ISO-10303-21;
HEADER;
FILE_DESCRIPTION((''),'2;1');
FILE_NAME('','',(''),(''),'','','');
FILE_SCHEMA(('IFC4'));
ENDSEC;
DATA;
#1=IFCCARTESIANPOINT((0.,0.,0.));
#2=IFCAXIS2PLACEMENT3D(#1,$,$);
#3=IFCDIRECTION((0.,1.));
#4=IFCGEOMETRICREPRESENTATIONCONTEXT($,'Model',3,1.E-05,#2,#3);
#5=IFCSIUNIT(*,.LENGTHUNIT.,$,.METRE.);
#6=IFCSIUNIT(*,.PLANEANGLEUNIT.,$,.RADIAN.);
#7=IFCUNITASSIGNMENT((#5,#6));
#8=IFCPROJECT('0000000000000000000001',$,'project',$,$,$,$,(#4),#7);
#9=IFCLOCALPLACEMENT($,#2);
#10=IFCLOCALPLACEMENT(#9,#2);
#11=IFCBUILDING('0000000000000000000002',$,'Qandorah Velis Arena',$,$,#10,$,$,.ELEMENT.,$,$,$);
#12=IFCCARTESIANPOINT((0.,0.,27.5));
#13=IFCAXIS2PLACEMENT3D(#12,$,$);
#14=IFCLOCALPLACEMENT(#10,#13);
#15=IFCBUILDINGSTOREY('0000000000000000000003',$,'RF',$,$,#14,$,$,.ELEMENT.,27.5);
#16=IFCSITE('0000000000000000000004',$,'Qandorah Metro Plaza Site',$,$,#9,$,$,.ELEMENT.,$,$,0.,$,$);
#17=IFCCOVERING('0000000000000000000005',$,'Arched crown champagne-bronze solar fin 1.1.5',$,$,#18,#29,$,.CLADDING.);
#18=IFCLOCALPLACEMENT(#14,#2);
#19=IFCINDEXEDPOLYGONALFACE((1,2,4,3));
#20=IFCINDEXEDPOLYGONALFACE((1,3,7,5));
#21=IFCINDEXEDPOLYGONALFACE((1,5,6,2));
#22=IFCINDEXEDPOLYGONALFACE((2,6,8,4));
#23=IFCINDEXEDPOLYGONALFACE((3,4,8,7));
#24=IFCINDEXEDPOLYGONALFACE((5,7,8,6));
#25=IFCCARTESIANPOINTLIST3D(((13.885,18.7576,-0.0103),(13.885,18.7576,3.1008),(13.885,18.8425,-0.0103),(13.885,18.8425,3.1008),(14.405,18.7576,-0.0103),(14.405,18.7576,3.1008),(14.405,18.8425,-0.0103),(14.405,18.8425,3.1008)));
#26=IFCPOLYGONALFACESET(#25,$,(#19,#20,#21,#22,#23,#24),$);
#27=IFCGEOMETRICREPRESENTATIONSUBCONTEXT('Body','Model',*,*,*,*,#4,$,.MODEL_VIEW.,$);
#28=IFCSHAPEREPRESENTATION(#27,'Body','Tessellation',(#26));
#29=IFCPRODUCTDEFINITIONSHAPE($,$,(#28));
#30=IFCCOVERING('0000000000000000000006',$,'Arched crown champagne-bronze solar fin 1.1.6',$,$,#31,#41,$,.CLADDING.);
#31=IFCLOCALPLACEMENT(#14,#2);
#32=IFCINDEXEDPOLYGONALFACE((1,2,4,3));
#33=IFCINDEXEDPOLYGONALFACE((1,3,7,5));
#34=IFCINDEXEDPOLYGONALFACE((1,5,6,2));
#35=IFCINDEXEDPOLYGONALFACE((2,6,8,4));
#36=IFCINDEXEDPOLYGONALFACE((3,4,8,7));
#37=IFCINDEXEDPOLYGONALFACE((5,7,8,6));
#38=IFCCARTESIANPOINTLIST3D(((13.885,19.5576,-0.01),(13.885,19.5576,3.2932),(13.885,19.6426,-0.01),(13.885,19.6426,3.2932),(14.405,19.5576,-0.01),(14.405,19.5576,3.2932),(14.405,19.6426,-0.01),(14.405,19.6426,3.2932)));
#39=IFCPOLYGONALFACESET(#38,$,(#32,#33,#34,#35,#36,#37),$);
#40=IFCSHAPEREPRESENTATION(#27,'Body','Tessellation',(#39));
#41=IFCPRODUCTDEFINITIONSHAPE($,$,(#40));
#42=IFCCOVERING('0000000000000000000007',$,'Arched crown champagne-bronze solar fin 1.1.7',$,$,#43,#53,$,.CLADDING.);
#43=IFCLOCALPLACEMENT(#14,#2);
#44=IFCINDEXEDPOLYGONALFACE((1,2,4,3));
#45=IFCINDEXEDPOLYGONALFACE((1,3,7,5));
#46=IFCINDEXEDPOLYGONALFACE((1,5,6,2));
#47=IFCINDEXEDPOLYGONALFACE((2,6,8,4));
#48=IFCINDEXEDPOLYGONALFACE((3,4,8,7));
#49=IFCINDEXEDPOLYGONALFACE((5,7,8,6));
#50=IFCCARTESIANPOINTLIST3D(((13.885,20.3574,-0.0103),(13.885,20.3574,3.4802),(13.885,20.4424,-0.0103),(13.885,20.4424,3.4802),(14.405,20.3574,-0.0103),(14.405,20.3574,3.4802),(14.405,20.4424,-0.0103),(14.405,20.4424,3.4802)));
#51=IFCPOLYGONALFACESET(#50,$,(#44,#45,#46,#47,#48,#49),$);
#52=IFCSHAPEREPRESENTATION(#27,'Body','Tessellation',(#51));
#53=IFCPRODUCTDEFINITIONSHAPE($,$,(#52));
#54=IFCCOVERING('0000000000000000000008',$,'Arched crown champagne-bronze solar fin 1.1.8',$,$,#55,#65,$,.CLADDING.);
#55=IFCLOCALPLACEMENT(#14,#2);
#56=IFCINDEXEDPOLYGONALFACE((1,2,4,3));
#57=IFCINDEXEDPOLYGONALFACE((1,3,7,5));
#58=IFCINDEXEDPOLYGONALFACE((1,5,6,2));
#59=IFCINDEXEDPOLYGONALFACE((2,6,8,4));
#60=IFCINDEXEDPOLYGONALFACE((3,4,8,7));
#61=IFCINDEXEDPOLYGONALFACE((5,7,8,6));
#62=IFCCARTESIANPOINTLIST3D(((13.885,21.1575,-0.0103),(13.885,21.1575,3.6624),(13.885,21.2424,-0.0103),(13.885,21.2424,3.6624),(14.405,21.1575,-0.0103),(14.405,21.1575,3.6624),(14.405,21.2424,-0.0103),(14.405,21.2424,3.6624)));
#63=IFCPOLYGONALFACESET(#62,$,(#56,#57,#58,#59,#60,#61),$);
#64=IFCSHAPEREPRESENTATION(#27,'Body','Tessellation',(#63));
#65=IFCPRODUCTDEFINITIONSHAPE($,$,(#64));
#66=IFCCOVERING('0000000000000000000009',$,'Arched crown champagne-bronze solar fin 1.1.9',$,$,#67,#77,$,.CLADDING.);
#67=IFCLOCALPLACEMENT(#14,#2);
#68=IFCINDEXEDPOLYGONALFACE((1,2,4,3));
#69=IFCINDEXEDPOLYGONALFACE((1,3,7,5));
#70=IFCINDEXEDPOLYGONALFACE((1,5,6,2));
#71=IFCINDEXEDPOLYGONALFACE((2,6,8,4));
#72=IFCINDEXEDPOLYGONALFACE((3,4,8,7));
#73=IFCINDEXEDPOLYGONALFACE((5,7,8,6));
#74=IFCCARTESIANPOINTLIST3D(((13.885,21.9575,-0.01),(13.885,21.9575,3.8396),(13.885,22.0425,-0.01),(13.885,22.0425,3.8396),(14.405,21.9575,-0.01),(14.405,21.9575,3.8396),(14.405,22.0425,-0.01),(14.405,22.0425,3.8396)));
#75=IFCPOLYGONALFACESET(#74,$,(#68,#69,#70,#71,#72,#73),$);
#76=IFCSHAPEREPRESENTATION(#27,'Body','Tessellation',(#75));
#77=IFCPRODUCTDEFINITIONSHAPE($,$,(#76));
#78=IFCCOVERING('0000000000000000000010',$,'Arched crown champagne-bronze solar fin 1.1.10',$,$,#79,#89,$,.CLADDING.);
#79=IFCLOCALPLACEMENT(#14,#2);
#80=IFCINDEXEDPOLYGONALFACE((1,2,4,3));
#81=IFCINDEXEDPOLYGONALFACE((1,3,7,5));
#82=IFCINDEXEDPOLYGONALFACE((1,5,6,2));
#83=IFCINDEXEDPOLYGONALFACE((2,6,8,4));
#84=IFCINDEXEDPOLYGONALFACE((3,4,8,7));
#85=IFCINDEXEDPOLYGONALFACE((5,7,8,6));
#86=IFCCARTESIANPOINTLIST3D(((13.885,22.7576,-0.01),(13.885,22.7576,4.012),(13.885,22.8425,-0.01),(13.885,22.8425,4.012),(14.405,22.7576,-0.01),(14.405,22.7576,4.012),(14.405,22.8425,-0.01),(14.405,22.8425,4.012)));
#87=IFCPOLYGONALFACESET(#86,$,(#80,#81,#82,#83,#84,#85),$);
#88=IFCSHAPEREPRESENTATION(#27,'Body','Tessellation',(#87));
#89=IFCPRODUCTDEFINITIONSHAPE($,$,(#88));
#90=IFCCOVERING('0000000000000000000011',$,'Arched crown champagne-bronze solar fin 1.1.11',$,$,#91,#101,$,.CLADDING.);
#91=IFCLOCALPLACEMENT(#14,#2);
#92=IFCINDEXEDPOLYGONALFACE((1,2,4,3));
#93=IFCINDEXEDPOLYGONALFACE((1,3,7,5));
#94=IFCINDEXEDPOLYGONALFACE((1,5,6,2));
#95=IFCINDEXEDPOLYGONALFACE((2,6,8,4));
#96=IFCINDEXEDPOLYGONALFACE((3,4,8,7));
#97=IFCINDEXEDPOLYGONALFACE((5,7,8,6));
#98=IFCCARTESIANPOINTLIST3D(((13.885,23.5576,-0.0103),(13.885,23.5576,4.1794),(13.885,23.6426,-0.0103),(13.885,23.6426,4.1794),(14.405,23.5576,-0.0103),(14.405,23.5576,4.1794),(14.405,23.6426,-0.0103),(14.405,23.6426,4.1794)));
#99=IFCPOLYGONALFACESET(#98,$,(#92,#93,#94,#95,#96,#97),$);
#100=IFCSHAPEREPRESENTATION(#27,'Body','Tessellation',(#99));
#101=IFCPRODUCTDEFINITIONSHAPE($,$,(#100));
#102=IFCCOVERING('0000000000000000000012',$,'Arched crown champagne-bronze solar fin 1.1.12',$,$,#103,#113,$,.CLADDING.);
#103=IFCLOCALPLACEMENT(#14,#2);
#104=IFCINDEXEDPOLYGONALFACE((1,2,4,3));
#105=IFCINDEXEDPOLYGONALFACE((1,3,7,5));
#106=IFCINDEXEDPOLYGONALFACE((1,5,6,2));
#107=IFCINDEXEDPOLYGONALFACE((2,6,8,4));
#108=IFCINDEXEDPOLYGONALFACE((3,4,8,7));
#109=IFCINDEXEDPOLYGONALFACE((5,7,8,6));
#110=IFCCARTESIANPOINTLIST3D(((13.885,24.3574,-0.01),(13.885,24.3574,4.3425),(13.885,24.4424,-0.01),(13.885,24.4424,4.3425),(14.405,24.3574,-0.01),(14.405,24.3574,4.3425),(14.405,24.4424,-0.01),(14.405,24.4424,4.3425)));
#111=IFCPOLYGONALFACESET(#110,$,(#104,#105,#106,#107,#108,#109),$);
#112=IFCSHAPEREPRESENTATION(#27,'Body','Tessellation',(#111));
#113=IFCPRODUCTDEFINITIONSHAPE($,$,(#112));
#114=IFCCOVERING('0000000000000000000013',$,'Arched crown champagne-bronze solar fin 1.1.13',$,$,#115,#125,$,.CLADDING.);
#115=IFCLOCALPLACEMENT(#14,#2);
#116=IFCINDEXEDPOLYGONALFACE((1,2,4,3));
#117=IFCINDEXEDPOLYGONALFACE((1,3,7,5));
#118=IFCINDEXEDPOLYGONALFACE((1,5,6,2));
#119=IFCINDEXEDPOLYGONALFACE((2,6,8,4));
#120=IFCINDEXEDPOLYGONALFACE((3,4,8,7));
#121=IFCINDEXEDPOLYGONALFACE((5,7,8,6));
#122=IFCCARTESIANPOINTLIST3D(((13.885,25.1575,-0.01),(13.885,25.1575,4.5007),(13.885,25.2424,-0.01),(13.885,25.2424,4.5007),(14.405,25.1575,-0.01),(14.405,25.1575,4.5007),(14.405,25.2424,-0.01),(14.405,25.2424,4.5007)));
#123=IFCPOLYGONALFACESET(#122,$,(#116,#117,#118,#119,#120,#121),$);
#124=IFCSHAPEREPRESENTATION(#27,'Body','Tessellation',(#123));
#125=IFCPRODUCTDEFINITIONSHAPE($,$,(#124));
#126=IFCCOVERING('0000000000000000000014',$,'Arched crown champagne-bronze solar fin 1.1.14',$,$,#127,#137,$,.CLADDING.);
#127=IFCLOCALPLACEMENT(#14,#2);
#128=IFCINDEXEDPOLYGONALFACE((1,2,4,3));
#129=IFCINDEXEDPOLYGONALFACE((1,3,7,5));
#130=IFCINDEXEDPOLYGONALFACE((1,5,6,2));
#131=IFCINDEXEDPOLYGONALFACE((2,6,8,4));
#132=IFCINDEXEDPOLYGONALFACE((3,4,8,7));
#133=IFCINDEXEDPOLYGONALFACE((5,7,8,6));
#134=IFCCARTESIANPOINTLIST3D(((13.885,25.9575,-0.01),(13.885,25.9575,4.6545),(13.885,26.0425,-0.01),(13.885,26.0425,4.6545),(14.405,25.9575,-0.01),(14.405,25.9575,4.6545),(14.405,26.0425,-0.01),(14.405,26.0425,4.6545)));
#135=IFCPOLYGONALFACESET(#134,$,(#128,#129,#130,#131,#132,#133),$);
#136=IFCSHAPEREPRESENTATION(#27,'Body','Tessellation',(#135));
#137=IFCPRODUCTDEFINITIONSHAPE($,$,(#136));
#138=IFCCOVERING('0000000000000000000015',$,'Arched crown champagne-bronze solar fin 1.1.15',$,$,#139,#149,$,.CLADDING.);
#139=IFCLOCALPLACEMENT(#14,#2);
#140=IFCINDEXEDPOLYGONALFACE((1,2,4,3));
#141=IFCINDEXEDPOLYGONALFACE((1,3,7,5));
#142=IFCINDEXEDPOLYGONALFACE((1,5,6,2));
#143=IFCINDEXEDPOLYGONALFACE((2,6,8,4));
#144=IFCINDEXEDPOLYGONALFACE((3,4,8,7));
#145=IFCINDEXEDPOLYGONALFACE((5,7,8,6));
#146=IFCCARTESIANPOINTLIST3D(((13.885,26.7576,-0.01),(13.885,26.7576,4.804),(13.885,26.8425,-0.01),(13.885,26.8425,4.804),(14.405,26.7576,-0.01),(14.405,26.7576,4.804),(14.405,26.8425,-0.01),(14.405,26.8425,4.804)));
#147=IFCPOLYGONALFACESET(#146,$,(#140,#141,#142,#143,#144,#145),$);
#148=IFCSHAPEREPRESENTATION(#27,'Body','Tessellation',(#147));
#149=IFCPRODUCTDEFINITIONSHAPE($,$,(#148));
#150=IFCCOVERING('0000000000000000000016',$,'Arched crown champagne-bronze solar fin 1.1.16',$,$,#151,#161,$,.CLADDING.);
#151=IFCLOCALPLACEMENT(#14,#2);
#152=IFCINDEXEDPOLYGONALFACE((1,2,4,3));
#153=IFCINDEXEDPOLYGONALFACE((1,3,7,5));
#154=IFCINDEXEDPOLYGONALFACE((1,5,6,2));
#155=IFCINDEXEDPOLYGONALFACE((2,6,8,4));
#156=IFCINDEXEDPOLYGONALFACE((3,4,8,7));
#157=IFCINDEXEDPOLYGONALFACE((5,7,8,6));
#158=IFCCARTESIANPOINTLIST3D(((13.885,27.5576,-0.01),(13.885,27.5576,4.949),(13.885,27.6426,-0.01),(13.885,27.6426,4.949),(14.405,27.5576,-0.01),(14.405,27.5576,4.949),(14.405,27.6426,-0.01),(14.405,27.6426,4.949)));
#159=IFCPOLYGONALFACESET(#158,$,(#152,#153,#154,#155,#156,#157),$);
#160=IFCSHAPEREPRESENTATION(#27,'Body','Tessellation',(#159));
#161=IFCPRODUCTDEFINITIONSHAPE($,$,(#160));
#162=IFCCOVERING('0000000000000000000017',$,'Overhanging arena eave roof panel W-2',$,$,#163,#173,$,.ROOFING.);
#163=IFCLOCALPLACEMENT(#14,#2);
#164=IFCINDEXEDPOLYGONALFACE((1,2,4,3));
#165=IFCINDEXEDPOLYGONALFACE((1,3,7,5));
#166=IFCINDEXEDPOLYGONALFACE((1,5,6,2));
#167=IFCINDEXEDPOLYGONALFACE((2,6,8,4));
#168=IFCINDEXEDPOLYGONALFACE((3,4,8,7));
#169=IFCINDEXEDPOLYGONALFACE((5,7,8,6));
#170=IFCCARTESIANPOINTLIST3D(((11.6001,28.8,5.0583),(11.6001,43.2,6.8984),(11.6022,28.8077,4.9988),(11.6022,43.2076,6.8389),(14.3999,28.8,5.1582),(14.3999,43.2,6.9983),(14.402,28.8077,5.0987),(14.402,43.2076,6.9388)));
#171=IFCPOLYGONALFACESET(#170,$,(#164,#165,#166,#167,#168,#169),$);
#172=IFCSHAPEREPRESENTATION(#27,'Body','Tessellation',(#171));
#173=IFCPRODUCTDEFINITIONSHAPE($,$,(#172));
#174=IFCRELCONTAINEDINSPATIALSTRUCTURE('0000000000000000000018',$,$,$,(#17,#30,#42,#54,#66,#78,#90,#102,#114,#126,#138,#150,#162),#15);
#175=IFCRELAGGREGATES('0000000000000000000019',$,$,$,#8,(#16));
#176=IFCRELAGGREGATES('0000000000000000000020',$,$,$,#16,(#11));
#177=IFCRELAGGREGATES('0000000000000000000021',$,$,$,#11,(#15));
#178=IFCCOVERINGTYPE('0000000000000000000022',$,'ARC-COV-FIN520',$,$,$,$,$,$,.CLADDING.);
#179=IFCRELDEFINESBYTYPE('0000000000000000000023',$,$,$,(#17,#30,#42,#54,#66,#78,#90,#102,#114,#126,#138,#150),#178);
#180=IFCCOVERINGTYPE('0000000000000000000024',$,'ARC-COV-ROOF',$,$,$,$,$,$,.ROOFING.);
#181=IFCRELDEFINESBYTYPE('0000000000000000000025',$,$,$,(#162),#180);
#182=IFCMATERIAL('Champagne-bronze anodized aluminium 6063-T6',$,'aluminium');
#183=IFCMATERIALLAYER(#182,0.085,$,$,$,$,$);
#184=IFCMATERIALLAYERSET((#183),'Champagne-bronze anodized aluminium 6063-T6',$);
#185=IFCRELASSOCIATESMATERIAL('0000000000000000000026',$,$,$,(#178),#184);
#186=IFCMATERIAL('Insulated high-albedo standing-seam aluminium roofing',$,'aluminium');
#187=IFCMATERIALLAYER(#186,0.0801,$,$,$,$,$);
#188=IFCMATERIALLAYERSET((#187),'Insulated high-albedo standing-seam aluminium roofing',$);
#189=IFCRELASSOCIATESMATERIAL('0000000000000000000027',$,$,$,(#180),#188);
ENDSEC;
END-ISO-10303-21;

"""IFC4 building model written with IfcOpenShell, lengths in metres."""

from ifc_helpers import new_model, si_unit, direction, frame, origin, origin_2d, place, context, subcontext, project, spatial, polyline, rectangle, outline, extrude, material, layer, layer_set, type_object, element, save


model = new_model("IFC4")

# Units and contexts
model_context = context("Model", 3, precision=1e-05, world=origin(), true_north=direction((0.0, 1.0)))
body_context = subcontext(model_context, "Body", "Model", "MODEL_VIEW")
ifc_project = project(units=[si_unit("LENGTHUNIT", "METRE"), si_unit("PLANEANGLEUNIT", "RADIAN")], contexts=[model_context])

# Site, building, storey
site_placement = place(None, origin())
site = spatial("IfcSite", under=ifc_project, at=site_placement, Name="Qandorah Metro Plaza Site", CompositionType="ELEMENT", RefElevation=0.0)
building_placement = place(site_placement, origin())
building = spatial("IfcBuilding", under=site, at=building_placement, Name="Qandorah Velis Arena", CompositionType="ELEMENT")
storey_placement = place(building_placement, frame((0.0, 0.0, 27.5)))
storey = spatial("IfcBuildingStorey", under=building, at=storey_placement, Name="RF", CompositionType="ELEMENT", Elevation=27.5)

# Shared definitions
ifc_material_1 = material(Name="Champagne-bronze anodized aluminium 6063-T6", Category="aluminium")

# Coverings
ifc_layer_1 = layer(ifc_material_1, 0.085)
ifc_layer_set_1 = layer_set([ifc_layer_1], Name="Champagne-bronze anodized aluminium 6063-T6")
covering_type_1 = type_object("IfcCoveringType", Name="ARC-COV-FIN520", PredefinedType="CLADDING", material=ifc_layer_set_1)
covering_1_placement = place(storey_placement, frame((14.145, 18.8, -0.0103), z_axis=(0.0, 0.0, 1.0), x_axis=(1.0, 0.0, 0.0)))
element("IfcCovering", 1, at=covering_1_placement, inside=storey, type_object=covering_type_1, Name="Arched crown champagne-bronze solar fin 1.1.5", PredefinedType="CLADDING", context=body_context, shape_type="SweptSolid", body=[
    extrude(rectangle(XDim=0.52, YDim=0.085, at=origin_2d()), origin(), (0.0, 0.0, 1.0), 3.1111),
])
covering_2_placement = place(storey_placement, frame((14.145, 19.6001, -0.01), z_axis=(0.0, 0.0, 1.0), x_axis=(1.0, 0.0, 0.0)))
element("IfcCovering", 2, at=covering_2_placement, inside=storey, type_object=covering_type_1, Name="Arched crown champagne-bronze solar fin 1.1.6", PredefinedType="CLADDING", context=body_context, shape_type="SweptSolid", body=[
    extrude(rectangle(XDim=0.52, YDim=0.085, at=origin_2d()), origin(), (0.0, 0.0, 1.0), 3.3032),
])
covering_3_placement = place(storey_placement, frame((14.145, 20.3999, -0.0103), z_axis=(0.0, 0.0, 1.0), x_axis=(1.0, 0.0, 0.0)))
element("IfcCovering", 3, at=covering_3_placement, inside=storey, type_object=covering_type_1, Name="Arched crown champagne-bronze solar fin 1.1.7", PredefinedType="CLADDING", context=body_context, shape_type="SweptSolid", body=[
    extrude(rectangle(XDim=0.52, YDim=0.085, at=origin_2d()), origin(), (0.0, 0.0, 1.0), 3.4905),
])
covering_4_placement = place(storey_placement, frame((14.145, 21.2, -0.0103), z_axis=(0.0, 0.0, 1.0), x_axis=(1.0, 0.0, 0.0)))
element("IfcCovering", 4, at=covering_4_placement, inside=storey, type_object=covering_type_1, Name="Arched crown champagne-bronze solar fin 1.1.8", PredefinedType="CLADDING", context=body_context, shape_type="SweptSolid", body=[
    extrude(rectangle(XDim=0.52, YDim=0.085, at=origin_2d()), origin(), (0.0, 0.0, 1.0), 3.6726),
])
covering_5_placement = place(storey_placement, frame((14.145, 22.0, -0.01), z_axis=(0.0, 0.0, 1.0), x_axis=(1.0, 0.0, 0.0)))
element("IfcCovering", 5, at=covering_5_placement, inside=storey, type_object=covering_type_1, Name="Arched crown champagne-bronze solar fin 1.1.9", PredefinedType="CLADDING", context=body_context, shape_type="SweptSolid", body=[
    extrude(rectangle(XDim=0.52, YDim=0.085, at=origin_2d()), origin(), (0.0, 0.0, 1.0), 3.8496),
])
covering_6_placement = place(storey_placement, frame((14.145, 22.8, -0.01), z_axis=(0.0, 0.0, 1.0), x_axis=(1.0, 0.0, 0.0)))
element("IfcCovering", 6, at=covering_6_placement, inside=storey, type_object=covering_type_1, Name="Arched crown champagne-bronze solar fin 1.1.10", PredefinedType="CLADDING", context=body_context, shape_type="SweptSolid", body=[
    extrude(rectangle(XDim=0.52, YDim=0.085, at=origin_2d()), origin(), (0.0, 0.0, 1.0), 4.022),
])
covering_7_placement = place(storey_placement, frame((14.145, 23.6001, -0.0103), z_axis=(0.0, 0.0, 1.0), x_axis=(1.0, 0.0, 0.0)))
element("IfcCovering", 7, at=covering_7_placement, inside=storey, type_object=covering_type_1, Name="Arched crown champagne-bronze solar fin 1.1.11", PredefinedType="CLADDING", context=body_context, shape_type="SweptSolid", body=[
    extrude(rectangle(XDim=0.52, YDim=0.085, at=origin_2d()), origin(), (0.0, 0.0, 1.0), 4.1897),
])
covering_8_placement = place(storey_placement, frame((14.145, 24.3999, -0.01), z_axis=(0.0, 0.0, 1.0), x_axis=(1.0, 0.0, 0.0)))
element("IfcCovering", 8, at=covering_8_placement, inside=storey, type_object=covering_type_1, Name="Arched crown champagne-bronze solar fin 1.1.12", PredefinedType="CLADDING", context=body_context, shape_type="SweptSolid", body=[
    extrude(rectangle(XDim=0.52, YDim=0.085, at=origin_2d()), origin(), (0.0, 0.0, 1.0), 4.3525),
])
covering_9_placement = place(storey_placement, frame((14.145, 25.2, -0.01), z_axis=(0.0, 0.0, 1.0), x_axis=(1.0, 0.0, 0.0)))
element("IfcCovering", 9, at=covering_9_placement, inside=storey, type_object=covering_type_1, Name="Arched crown champagne-bronze solar fin 1.1.13", PredefinedType="CLADDING", context=body_context, shape_type="SweptSolid", body=[
    extrude(rectangle(XDim=0.52, YDim=0.085, at=origin_2d()), origin(), (0.0, 0.0, 1.0), 4.5107),
])
covering_10_placement = place(storey_placement, frame((14.145, 26.0, -0.01), z_axis=(0.0, 0.0, 1.0), x_axis=(1.0, 0.0, 0.0)))
element("IfcCovering", 10, at=covering_10_placement, inside=storey, type_object=covering_type_1, Name="Arched crown champagne-bronze solar fin 1.1.14", PredefinedType="CLADDING", context=body_context, shape_type="SweptSolid", body=[
    extrude(rectangle(XDim=0.52, YDim=0.085, at=origin_2d()), origin(), (0.0, 0.0, 1.0), 4.6646),
])
covering_11_placement = place(storey_placement, frame((14.145, 26.8, -0.01), z_axis=(0.0, 0.0, 1.0), x_axis=(1.0, 0.0, 0.0)))
element("IfcCovering", 11, at=covering_11_placement, inside=storey, type_object=covering_type_1, Name="Arched crown champagne-bronze solar fin 1.1.15", PredefinedType="CLADDING", context=body_context, shape_type="SweptSolid", body=[
    extrude(rectangle(XDim=0.52, YDim=0.085, at=origin_2d()), origin(), (0.0, 0.0, 1.0), 4.814),
])
covering_12_placement = place(storey_placement, frame((14.145, 27.6001, -0.01), z_axis=(0.0, 0.0, 1.0), x_axis=(1.0, 0.0, 0.0)))
element("IfcCovering", 12, at=covering_12_placement, inside=storey, type_object=covering_type_1, Name="Arched crown champagne-bronze solar fin 1.1.16", PredefinedType="CLADDING", context=body_context, shape_type="SweptSolid", body=[
    extrude(rectangle(XDim=0.52, YDim=0.085, at=origin_2d()), origin(), (0.0, 0.0, 1.0), 4.959),
])
ifc_material_2 = material(Name="Insulated high-albedo standing-seam aluminium roofing", Category="aluminium")
ifc_layer_2 = layer(ifc_material_2, 0.0801)
ifc_layer_set_2 = layer_set([ifc_layer_2], Name="Insulated high-albedo standing-seam aluminium roofing")
covering_type_2 = type_object("IfcCoveringType", Name="ARC-COV-ROOF", PredefinedType="ROOFING", material=ifc_layer_set_2)
covering_13_placement = place(storey_placement, frame((11.6001, 28.8, 5.0583), z_axis=(-0.035355, -0.126675, 0.991314), x_axis=(0.999365, 0.0, 0.035642)))
element("IfcCovering", 13, at=covering_13_placement, inside=storey, type_object=covering_type_2, Name="Overhanging arena eave roof panel W-2", PredefinedType="ROOFING", context=body_context, shape_type="SweptSolid", body=[
    extrude(outline(polyline([(0.0, 0.0), (2.8016, 0.0), (2.8672, 14.5168), (0.0656, 14.5168), (0.0, 0.0)])), origin(), (0.0, 0.0, -1.0), 0.0601),
])

save(model, "model.ifc")
